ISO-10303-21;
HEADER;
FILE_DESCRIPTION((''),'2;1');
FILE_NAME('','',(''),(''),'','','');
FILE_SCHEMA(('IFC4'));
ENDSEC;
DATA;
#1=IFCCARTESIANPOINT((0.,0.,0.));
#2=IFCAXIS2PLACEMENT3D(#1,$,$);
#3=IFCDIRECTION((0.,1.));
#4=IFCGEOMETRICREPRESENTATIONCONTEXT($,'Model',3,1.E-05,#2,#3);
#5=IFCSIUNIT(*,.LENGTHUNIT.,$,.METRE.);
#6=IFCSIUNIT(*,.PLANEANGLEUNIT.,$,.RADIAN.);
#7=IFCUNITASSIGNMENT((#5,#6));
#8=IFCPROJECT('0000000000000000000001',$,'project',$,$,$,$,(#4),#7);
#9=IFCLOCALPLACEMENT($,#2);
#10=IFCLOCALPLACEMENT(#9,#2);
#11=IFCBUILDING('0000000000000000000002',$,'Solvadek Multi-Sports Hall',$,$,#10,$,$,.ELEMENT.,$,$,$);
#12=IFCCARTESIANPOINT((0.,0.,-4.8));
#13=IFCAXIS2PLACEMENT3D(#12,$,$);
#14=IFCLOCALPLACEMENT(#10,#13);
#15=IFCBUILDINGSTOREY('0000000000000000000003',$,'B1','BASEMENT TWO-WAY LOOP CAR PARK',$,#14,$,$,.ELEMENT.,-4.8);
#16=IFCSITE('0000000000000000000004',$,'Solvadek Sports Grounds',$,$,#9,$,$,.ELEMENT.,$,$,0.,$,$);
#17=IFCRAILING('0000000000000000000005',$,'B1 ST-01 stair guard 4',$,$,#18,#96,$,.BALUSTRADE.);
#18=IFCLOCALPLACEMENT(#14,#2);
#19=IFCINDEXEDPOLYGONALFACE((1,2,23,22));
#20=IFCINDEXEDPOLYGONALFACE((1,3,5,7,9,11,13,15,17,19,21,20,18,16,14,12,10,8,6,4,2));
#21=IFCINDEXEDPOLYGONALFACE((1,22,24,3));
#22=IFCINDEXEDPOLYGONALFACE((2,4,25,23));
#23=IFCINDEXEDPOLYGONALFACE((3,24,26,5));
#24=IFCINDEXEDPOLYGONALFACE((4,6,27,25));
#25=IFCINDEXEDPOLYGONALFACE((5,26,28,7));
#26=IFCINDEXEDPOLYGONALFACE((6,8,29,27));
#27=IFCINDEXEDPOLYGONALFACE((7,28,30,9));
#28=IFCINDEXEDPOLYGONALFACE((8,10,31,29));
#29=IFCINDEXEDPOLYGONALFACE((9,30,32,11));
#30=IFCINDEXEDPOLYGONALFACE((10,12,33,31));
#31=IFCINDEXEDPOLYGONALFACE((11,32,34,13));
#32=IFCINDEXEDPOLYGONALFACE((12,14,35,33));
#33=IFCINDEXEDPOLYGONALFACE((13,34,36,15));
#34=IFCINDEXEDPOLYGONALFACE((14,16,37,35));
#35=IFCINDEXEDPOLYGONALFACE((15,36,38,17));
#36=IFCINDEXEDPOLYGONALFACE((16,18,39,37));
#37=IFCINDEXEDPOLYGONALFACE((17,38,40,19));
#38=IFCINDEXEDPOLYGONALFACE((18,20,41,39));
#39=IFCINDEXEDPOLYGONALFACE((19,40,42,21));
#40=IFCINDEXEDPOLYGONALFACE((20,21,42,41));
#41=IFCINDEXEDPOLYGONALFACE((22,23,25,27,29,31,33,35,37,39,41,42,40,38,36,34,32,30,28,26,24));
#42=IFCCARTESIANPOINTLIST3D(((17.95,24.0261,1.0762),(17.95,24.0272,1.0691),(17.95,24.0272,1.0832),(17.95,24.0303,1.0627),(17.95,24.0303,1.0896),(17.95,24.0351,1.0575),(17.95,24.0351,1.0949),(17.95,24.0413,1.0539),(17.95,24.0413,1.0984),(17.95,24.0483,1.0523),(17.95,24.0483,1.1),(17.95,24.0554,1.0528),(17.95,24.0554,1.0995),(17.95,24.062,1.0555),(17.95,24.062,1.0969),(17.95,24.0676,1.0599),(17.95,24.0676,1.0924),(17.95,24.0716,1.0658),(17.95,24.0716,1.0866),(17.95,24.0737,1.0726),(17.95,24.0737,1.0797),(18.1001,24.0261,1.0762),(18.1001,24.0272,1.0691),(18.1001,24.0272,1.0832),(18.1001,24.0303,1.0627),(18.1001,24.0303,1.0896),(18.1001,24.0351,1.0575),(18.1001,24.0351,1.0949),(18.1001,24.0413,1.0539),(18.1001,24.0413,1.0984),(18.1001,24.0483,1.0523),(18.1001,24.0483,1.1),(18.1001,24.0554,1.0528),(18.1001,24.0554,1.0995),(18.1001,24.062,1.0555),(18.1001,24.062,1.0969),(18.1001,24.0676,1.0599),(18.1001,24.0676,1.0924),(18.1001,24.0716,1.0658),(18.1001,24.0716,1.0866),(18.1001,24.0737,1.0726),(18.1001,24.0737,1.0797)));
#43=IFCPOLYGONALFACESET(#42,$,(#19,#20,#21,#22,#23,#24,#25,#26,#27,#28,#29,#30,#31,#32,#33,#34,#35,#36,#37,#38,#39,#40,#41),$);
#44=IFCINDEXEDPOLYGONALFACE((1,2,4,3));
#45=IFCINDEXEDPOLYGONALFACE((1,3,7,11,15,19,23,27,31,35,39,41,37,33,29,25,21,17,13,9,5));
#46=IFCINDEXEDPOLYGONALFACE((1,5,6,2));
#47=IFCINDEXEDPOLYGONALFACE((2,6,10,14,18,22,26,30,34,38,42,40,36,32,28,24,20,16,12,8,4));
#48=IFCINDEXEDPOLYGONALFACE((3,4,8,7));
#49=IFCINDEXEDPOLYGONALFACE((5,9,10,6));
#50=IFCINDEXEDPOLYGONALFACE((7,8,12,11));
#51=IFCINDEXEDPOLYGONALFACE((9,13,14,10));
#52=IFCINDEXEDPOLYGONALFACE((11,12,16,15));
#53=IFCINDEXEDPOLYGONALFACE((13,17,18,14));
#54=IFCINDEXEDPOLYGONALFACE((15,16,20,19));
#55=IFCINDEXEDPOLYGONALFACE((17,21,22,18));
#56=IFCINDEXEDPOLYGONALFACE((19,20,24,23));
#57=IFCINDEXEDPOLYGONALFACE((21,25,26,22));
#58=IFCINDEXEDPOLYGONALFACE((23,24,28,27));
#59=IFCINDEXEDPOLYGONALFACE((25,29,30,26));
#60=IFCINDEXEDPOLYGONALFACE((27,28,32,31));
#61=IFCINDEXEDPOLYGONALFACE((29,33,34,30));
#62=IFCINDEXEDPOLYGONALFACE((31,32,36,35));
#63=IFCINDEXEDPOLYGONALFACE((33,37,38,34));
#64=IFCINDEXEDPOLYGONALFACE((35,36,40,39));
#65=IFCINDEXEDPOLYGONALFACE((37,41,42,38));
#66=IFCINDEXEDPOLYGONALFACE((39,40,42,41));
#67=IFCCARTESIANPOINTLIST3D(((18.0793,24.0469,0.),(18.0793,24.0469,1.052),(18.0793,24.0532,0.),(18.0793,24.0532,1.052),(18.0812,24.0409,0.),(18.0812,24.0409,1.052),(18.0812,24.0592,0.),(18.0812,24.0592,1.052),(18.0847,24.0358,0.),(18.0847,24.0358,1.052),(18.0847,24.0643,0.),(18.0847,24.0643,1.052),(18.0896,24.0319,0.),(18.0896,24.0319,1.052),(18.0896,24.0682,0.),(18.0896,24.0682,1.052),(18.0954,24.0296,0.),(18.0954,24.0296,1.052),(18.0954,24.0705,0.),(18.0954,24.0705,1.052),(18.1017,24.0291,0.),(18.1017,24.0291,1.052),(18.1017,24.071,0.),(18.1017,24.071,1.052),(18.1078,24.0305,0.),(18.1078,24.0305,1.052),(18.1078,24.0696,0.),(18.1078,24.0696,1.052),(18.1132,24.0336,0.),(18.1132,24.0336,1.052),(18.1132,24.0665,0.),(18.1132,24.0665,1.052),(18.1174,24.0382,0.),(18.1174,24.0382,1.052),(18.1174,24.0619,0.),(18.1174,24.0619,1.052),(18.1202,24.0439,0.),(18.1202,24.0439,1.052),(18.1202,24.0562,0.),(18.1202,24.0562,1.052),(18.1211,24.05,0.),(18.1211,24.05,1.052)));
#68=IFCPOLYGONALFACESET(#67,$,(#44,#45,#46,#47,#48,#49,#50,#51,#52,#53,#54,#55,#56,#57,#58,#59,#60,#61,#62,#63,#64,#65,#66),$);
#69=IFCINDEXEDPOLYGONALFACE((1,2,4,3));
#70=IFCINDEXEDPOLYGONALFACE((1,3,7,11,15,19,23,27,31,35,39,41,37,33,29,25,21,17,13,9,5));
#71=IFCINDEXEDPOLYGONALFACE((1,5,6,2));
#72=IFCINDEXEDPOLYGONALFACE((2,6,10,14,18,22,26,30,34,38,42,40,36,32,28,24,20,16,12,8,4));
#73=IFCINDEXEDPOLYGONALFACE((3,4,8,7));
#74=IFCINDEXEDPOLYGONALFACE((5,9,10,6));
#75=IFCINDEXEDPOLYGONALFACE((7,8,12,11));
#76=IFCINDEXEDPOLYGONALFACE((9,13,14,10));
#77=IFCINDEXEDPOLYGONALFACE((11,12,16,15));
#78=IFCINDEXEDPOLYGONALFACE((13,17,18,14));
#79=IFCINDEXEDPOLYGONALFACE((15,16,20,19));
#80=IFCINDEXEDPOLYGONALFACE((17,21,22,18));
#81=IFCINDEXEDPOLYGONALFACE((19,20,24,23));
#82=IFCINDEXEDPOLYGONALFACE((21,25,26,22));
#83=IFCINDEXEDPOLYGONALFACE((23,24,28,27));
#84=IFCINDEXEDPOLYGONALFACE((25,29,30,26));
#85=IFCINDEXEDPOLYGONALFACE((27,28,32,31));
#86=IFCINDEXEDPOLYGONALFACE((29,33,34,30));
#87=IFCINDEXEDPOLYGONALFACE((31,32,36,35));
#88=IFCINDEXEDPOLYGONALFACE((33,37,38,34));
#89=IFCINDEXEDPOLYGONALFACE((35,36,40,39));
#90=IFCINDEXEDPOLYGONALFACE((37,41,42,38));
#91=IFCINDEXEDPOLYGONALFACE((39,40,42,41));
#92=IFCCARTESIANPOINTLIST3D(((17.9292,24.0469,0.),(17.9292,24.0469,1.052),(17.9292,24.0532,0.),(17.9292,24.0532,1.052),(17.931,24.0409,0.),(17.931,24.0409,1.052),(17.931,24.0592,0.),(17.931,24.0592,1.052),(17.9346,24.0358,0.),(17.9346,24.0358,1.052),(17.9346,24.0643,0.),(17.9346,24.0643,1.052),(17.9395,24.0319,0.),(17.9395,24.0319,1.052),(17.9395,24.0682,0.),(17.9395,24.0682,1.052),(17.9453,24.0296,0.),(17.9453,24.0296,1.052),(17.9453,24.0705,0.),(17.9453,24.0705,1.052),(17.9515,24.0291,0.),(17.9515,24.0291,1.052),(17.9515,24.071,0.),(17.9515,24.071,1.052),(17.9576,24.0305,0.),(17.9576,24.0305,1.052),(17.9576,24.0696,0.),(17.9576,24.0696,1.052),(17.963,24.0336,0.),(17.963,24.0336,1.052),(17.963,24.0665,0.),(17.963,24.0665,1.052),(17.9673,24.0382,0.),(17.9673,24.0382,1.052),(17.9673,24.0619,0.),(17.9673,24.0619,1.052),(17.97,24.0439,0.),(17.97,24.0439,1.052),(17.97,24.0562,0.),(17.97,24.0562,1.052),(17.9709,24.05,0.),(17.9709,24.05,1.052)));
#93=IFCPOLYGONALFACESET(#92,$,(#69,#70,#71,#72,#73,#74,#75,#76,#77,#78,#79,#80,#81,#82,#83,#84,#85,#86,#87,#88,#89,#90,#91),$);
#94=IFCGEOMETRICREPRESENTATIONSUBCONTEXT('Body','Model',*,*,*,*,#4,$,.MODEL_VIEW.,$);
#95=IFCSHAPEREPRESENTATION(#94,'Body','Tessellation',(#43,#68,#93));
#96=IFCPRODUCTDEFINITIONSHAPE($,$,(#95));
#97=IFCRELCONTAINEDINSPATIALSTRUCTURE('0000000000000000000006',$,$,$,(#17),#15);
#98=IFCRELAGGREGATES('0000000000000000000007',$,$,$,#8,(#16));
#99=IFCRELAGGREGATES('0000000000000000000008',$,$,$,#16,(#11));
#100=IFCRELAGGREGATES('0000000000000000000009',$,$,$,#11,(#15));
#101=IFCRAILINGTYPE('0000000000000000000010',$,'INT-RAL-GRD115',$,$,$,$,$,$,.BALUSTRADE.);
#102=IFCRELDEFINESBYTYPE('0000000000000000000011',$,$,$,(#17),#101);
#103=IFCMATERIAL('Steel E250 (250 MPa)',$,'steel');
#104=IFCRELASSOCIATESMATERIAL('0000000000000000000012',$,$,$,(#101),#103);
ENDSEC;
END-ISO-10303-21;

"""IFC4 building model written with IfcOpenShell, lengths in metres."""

from ifc_helpers import new_model, si_unit, direction, frame, origin, origin_2d, place, context, subcontext, project, spatial, circle, extrude, material, type_object, element, save


model = new_model("IFC4")

# Units and contexts
model_context = context("Model", 3, precision=1e-05, world=origin(), true_north=direction((0.0, 1.0)))
body_context = subcontext(model_context, "Body", "Model", "MODEL_VIEW")
ifc_project = project(units=[si_unit("LENGTHUNIT", "METRE"), si_unit("PLANEANGLEUNIT", "RADIAN")], contexts=[model_context])

# Site, building, storey
site_placement = place(None, origin())
site = spatial("IfcSite", under=ifc_project, at=site_placement, Name="Solvadek Sports Grounds", CompositionType="ELEMENT", RefElevation=0.0)
building_placement = place(site_placement, origin())
building = spatial("IfcBuilding", under=site, at=building_placement, Name="Solvadek Multi-Sports Hall", CompositionType="ELEMENT")
storey_placement = place(building_placement, frame((0.0, 0.0, -4.8)))
storey = spatial("IfcBuildingStorey", under=building, at=storey_placement, Name="B1", Description="BASEMENT TWO-WAY LOOP CAR PARK", CompositionType="ELEMENT", Elevation=-4.8)

# Shared definitions
ifc_material_1 = material(Name="Steel E250 (250 MPa)", Category="steel")

# Railing
railing_type_1 = type_object("IfcRailingType", Name="INT-RAL-GRD115", PredefinedType="BALUSTRADE", material=ifc_material_1)
railing_1_placement = place(storey_placement, frame((18.1001, 24.05, 0.0)))
element("IfcRailing", 1, at=railing_1_placement, inside=storey, type_object=railing_type_1, Name="B1 ST-01 stair guard 4", PredefinedType="BALUSTRADE", context=body_context, shape_type="SweptSolid", body=[
    extrude(circle(Radius=0.0239, at=origin_2d()), frame((0.0, 0.0, 1.0762), z_axis=(-1.0, 0.0, 0.0), x_axis=(0.0, -1.0, 0.0)), (0.0, 0.0, 1.0), 0.1501),
    extrude(circle(Radius=0.021, at=origin_2d()), origin(), (0.0, 0.0, 1.0), 1.052),
    extrude(circle(Radius=0.021, at=origin_2d()), frame((-0.1501, 0.0, 0.0)), (0.0, 0.0, 1.0), 1.052),
])

save(model, "model.ifc")
